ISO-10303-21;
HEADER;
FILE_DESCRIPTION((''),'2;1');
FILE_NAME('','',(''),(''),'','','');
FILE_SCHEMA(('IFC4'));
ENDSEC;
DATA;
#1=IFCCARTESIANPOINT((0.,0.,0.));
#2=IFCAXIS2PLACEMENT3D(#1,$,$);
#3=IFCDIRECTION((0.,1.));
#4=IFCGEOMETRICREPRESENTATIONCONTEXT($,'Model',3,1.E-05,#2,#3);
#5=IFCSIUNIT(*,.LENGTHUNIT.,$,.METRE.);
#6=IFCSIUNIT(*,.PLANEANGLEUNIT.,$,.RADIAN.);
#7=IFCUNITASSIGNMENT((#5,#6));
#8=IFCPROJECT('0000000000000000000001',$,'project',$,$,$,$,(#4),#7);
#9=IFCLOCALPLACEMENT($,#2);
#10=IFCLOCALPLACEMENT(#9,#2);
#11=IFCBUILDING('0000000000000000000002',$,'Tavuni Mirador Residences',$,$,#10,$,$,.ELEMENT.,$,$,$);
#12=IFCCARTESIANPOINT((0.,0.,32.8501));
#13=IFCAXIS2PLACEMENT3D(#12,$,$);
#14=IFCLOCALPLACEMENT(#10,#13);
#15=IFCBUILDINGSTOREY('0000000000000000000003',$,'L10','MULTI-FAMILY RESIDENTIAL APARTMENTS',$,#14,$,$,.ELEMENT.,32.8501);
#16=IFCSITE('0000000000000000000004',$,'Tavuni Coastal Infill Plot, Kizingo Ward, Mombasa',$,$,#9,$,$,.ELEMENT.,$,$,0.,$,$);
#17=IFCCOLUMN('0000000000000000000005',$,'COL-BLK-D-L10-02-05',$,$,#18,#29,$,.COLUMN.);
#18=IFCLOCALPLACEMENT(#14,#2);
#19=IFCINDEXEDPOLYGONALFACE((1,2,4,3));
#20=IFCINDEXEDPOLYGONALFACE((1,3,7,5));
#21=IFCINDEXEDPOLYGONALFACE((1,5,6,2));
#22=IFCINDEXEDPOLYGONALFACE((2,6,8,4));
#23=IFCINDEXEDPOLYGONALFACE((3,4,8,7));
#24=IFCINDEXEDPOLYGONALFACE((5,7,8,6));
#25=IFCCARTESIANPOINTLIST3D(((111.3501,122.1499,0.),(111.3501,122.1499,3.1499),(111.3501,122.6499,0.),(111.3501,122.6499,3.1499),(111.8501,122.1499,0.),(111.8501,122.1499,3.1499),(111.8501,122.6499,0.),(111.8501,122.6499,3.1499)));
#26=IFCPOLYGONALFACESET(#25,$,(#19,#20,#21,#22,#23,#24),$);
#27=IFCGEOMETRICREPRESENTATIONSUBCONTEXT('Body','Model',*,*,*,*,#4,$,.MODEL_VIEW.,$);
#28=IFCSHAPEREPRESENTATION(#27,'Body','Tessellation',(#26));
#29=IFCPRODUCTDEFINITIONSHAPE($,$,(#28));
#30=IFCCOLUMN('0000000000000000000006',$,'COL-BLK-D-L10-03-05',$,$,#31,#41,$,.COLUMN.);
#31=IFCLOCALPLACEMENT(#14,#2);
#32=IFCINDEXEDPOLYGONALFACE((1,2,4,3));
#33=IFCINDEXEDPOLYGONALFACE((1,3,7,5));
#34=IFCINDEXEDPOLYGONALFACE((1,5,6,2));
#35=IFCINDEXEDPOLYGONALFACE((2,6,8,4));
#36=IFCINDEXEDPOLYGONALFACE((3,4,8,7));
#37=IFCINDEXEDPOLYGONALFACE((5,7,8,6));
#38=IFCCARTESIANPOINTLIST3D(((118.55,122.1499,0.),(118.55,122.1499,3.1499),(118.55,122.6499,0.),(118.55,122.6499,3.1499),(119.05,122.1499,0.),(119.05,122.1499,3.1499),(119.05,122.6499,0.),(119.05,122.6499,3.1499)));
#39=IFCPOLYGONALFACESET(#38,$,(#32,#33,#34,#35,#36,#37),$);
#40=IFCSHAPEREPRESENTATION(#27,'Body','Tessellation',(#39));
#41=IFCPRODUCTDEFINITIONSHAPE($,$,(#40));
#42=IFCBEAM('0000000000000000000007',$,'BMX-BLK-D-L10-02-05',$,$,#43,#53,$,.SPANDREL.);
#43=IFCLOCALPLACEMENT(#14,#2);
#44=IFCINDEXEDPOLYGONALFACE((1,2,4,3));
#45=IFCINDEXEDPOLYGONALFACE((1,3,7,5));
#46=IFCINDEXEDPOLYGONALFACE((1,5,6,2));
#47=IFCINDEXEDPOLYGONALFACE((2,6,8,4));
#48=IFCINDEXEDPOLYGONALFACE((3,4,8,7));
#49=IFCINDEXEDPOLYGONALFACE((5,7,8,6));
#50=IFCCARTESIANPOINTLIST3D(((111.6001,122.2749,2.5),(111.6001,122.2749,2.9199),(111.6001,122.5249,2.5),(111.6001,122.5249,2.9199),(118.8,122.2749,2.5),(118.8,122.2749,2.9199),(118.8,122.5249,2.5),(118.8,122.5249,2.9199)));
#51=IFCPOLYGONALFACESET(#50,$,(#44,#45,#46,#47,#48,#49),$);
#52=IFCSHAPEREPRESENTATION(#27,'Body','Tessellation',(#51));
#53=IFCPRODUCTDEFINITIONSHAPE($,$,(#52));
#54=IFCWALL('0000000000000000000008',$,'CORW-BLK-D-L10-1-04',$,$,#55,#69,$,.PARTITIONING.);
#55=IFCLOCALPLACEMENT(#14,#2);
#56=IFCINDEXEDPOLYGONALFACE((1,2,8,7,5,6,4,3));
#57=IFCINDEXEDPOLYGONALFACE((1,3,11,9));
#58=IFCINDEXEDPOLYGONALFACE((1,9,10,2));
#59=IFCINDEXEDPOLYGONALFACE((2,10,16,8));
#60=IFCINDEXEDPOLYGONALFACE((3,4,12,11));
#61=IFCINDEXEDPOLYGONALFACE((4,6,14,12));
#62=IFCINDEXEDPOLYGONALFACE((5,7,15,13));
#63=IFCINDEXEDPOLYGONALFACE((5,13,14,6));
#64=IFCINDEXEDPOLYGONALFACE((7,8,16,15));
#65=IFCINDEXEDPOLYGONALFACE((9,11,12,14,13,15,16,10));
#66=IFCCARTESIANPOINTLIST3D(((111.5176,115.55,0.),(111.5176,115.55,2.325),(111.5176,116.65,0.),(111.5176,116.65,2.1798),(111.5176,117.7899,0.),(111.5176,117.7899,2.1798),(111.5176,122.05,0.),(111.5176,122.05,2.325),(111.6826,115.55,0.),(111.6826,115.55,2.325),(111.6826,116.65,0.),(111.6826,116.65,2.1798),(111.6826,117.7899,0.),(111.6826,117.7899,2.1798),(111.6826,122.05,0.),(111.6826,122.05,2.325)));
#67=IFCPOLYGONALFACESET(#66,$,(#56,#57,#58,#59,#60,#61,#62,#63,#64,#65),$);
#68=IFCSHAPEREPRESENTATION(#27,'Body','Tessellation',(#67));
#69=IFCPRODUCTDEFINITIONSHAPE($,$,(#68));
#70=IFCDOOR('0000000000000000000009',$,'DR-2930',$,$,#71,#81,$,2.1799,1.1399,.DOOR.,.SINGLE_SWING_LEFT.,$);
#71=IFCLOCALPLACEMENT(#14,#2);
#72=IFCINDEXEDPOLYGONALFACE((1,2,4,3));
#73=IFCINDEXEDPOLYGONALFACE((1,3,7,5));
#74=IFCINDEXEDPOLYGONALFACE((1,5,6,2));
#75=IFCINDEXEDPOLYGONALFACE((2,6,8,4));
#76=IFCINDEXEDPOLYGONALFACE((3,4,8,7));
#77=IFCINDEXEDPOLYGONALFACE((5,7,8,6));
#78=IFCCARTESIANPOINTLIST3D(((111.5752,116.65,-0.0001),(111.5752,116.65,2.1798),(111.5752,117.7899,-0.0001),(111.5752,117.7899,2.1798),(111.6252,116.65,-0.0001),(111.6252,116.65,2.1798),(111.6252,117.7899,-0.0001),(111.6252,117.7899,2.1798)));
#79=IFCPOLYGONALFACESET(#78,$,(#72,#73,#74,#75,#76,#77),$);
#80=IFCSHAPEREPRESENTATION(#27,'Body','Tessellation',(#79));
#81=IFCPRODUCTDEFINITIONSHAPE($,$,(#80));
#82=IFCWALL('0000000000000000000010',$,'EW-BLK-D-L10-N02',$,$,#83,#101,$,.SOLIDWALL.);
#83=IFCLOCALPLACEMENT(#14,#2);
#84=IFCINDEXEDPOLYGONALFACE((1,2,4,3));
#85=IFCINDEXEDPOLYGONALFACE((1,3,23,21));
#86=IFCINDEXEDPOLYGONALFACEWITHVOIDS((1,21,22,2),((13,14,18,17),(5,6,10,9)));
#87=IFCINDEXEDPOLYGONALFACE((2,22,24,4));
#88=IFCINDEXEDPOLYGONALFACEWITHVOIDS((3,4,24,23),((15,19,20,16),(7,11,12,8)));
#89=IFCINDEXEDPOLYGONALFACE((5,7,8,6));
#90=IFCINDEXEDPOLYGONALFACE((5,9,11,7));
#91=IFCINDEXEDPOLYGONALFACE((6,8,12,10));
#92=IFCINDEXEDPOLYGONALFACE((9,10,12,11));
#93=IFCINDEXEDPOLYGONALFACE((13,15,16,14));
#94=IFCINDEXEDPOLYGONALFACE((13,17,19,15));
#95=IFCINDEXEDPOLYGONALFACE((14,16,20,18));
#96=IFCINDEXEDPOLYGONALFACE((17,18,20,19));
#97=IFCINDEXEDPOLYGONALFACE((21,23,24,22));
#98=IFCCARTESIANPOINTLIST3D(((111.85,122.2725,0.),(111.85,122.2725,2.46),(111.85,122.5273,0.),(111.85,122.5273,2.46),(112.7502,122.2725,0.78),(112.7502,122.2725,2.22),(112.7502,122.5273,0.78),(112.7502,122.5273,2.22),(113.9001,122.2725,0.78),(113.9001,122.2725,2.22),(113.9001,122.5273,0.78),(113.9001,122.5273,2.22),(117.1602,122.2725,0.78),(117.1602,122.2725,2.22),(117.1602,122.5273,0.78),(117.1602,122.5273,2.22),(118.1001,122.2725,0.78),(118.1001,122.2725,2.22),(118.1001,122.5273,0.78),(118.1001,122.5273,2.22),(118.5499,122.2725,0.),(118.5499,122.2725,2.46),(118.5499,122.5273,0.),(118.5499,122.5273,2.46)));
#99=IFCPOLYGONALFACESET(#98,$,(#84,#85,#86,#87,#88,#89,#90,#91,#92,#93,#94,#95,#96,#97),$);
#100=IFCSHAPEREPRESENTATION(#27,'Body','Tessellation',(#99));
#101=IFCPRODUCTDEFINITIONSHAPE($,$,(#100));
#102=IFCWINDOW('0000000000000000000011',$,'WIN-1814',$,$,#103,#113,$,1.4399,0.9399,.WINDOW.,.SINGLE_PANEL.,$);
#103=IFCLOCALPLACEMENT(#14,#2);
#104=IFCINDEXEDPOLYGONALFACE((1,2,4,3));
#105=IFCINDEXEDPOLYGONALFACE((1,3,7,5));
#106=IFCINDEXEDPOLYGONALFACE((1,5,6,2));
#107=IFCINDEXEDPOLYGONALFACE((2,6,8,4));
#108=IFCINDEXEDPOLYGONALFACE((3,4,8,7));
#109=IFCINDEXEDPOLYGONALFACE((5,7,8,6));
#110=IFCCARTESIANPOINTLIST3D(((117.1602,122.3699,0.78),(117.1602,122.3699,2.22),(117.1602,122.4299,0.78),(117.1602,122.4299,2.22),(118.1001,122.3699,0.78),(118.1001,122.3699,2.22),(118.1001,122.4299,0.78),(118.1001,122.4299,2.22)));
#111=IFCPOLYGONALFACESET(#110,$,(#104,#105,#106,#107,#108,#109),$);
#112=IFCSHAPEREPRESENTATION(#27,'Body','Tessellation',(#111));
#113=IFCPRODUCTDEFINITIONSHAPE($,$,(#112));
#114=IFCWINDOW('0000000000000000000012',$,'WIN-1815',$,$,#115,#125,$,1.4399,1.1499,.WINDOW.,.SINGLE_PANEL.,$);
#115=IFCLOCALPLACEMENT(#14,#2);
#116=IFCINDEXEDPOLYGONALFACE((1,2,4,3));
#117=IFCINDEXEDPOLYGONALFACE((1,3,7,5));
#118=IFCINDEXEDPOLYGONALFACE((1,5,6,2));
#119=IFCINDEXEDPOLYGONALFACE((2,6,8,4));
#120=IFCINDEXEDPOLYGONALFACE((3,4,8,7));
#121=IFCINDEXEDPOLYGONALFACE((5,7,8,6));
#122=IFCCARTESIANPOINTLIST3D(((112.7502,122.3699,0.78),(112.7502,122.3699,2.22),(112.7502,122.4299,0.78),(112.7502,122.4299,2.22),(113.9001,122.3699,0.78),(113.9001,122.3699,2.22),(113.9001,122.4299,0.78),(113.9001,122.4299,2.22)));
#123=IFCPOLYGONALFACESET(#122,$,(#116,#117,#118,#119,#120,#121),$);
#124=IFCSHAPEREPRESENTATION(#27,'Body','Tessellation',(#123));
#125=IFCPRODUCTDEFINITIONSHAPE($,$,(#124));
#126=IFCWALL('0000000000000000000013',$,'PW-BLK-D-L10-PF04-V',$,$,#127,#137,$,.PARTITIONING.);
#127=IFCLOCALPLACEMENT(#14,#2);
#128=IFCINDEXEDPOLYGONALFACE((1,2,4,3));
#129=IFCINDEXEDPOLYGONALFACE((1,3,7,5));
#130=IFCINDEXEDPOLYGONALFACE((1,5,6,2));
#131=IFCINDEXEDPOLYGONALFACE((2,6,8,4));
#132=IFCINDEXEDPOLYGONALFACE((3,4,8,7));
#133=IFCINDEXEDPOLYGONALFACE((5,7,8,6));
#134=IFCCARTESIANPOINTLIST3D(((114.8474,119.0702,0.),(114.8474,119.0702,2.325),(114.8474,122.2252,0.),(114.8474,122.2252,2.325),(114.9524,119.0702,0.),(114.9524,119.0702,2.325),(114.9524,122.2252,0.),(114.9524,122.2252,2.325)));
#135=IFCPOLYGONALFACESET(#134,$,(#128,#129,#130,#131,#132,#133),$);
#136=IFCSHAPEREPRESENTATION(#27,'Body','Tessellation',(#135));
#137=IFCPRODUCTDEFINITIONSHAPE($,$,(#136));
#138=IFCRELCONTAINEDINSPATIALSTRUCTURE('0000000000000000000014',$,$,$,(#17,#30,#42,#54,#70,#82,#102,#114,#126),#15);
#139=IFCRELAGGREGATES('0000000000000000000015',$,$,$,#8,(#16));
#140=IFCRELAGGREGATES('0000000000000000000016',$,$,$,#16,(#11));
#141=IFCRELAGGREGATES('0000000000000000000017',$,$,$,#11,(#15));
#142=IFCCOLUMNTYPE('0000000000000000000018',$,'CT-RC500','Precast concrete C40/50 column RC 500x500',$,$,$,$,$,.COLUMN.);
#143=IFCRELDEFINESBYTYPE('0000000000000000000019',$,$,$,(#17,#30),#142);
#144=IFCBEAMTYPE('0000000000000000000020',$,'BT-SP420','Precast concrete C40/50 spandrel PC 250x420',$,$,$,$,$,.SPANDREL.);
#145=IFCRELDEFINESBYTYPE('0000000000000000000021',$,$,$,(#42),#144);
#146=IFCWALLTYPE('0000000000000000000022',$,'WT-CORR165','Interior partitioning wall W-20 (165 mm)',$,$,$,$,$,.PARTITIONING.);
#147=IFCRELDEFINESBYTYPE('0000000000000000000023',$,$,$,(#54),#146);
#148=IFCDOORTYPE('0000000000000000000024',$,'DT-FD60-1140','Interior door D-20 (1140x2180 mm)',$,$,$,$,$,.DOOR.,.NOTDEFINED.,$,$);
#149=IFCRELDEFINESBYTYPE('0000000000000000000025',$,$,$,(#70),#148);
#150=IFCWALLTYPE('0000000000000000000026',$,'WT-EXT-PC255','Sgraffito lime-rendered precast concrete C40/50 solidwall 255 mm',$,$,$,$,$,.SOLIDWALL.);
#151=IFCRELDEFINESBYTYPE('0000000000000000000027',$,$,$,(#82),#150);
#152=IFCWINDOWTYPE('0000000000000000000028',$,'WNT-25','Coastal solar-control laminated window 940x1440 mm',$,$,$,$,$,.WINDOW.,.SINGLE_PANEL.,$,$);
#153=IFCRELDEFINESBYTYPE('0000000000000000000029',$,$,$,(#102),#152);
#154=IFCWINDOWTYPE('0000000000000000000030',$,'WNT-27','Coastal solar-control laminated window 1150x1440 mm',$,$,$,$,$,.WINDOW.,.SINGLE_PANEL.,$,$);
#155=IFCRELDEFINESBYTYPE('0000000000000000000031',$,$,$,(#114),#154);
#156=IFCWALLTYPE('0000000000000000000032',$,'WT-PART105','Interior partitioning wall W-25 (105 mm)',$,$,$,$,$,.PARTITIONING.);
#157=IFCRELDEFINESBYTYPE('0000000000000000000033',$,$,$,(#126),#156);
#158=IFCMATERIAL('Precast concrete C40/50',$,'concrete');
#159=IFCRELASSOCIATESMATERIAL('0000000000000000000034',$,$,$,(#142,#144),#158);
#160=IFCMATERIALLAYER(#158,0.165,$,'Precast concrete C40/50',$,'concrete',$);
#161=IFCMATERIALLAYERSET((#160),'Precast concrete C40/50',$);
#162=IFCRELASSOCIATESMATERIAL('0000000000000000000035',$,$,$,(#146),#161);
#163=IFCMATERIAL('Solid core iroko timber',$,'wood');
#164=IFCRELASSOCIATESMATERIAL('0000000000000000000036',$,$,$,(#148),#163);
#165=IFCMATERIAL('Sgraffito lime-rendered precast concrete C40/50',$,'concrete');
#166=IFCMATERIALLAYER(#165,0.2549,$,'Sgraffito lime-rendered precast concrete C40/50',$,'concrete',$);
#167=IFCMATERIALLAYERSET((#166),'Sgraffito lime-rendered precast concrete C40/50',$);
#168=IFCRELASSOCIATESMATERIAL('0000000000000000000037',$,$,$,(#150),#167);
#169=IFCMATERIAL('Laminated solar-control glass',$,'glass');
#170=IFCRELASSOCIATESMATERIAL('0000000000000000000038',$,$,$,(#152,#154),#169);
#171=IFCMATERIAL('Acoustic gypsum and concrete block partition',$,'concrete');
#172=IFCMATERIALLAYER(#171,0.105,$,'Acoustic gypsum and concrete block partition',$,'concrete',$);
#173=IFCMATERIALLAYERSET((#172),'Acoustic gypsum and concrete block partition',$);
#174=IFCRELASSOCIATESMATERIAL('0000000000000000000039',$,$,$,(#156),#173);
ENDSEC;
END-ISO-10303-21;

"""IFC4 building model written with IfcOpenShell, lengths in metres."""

from ifc_helpers import new_model, si_unit, direction, frame, frame_2d, origin, origin_2d, place, context, subcontext, project, spatial, rectangle, extrude, material, layer, layer_set, material_profile, profile_set, type_object, element, fill, save


model = new_model("IFC4")

# Units and contexts
model_context = context("Model", 3, precision=1e-05, world=origin(), true_north=direction((0.0, 1.0)))
body_context = subcontext(model_context, "Body", "Model", "MODEL_VIEW")
ifc_project = project(units=[si_unit("LENGTHUNIT", "METRE"), si_unit("PLANEANGLEUNIT", "RADIAN")], contexts=[model_context])

# Site, building, storey
site_placement = place(None, origin())
site = spatial("IfcSite", under=ifc_project, at=site_placement, Name="Tavuni Coastal Infill Plot, Kizingo Ward, Mombasa", CompositionType="ELEMENT", RefElevation=0.0)
building_placement = place(site_placement, origin())
building = spatial("IfcBuilding", under=site, at=building_placement, Name="Tavuni Mirador Residences", CompositionType="ELEMENT")
storey_placement = place(building_placement, frame((0.0, 0.0, 32.8501)))
storey = spatial("IfcBuildingStorey", under=building, at=storey_placement, Name="L10", Description="MULTI-FAMILY RESIDENTIAL APARTMENTS", CompositionType="ELEMENT", Elevation=32.8501)

# Columns
ifc_material_1 = material(Name="Precast concrete C40/50", Category="concrete")
ifc_material_profile_1 = material_profile(ifc_material_1, rectangle(XDim=0.5, YDim=0.5, at=origin_2d()), Name="RC 500x500", Category="concrete")
ifc_profile_set_1 = profile_set([ifc_material_profile_1], Name="Precast concrete C40/50")
column_type = type_object("IfcColumnType", Name="CT-RC500", Description="Precast concrete C40/50 column RC 500x500", PredefinedType="COLUMN", material=ifc_profile_set_1)
for number, where, z_axis, x_axis, name in (
    (1, (111.6001, 122.3999, 0.0), (0.0, 0.0, 1.0), (1.0, 0.0, 0.0), "COL-BLK-D-L10-02-05"),
    (2, (118.8, 122.3999, 0.0), (0.0, 0.0, 1.0), (1.0, 0.0, 0.0), "COL-BLK-D-L10-03-05"),
):
    element("IfcColumn", number, at=place(storey_placement, frame(where, z_axis=z_axis, x_axis=x_axis)), inside=storey, type_object=column_type, Name=name, PredefinedType="COLUMN", context=body_context, shape_type="SweptSolid", body=[
        extrude(rectangle(XDim=0.5, YDim=0.5, at=origin_2d()), origin(), (0.0, 0.0, 1.0), 3.1499),
    ])

# Beam
ifc_material_profile_2 = material_profile(ifc_material_1, rectangle(XDim=0.25, YDim=0.4199, at=origin_2d()), Name="PC 250x420", Category="concrete")
ifc_profile_set_2 = profile_set([ifc_material_profile_2], Name="Precast concrete C40/50")
beam_type = type_object("IfcBeamType", Name="BT-SP420", Description="Precast concrete C40/50 spandrel PC 250x420", PredefinedType="SPANDREL", material=ifc_profile_set_2)
beam_placement = place(storey_placement, frame((111.6001, 122.3999, 2.71), z_axis=(1.0, 0.0, 0.0), x_axis=(0.0, 1.0, 0.0)))
element("IfcBeam", 3, at=beam_placement, inside=storey, type_object=beam_type, Name="BMX-BLK-D-L10-02-05", PredefinedType="SPANDREL", context=body_context, shape_type="SweptSolid", body=[
    extrude(rectangle(XDim=0.25, YDim=0.4199, at=origin_2d()), origin(), (0.0, 0.0, 1.0), 7.2),
])

# Wall, opening, door
ifc_layer_1 = layer(ifc_material_1, 0.165, Name="Precast concrete C40/50", Category="concrete")
ifc_layer_set_1 = layer_set([ifc_layer_1], Name="Precast concrete C40/50")
wall_type_1 = type_object("IfcWallType", Name="WT-CORR165", Description="Interior partitioning wall W-20 (165 mm)", PredefinedType="PARTITIONING", material=ifc_layer_set_1)
wall_1_placement = place(storey_placement, frame((111.6001, 115.55, 0.0), z_axis=(0.0, 0.0, 1.0), x_axis=(0.0, 1.0, 0.0)))
wall_1 = element("IfcWall", 4, at=wall_1_placement, inside=storey, type_object=wall_type_1, Name="CORW-BLK-D-L10-1-04", PredefinedType="PARTITIONING", context=body_context, shape_type="SweptSolid", body=[
    extrude(rectangle(XDim=6.5, YDim=0.165, at=frame_2d((3.25, 0.0))), origin(), (0.0, 0.0, 1.0), 2.325),
])
opening_1_placement = place(wall_1_placement, frame((1.1001, 0.0, 0.0)))
opening_1 = element("IfcOpeningElement", 5, at=opening_1_placement, cuts=wall_1, PredefinedType="OPENING", context=body_context, shape_type="SweptSolid", body=[
    extrude(rectangle(XDim=1.1399, YDim=2.1799, at=frame_2d((0.5698, 1.0898))), frame((0.0, 0.0925, 0.0), z_axis=(0.0, -1.0, 0.0), x_axis=(1.0, 0.0, 0.0)), (0.0, 0.0, 1.0), 0.1851),
])
ifc_material_2 = material(Name="Solid core iroko timber", Category="wood")
door_type_1 = type_object("IfcDoorType", Name="DT-FD60-1140", Description="Interior door D-20 (1140x2180 mm)", OperationType="NOTDEFINED", PredefinedType="DOOR", material=ifc_material_2)
door_1_placement = place(opening_1_placement, origin())
door_1 = element("IfcDoor", 6, at=door_1_placement, inside=storey, type_object=door_type_1, Name="DR-2930", OperationType="SINGLE_SWING_LEFT", OverallHeight=2.1799, OverallWidth=1.1399, PredefinedType="DOOR", context=body_context, shape_type="SweptSolid", body=[
    extrude(rectangle(XDim=1.1399, YDim=2.1799, at=frame_2d((0.5698, 1.0898))), frame((0.0, 0.0249, 0.0), z_axis=(0.0, -1.0, 0.0), x_axis=(1.0, 0.0, 0.0)), (0.0, 0.0, 1.0), 0.05),
])
fill(opening_1, door_1)

# Wall, openings, windows
ifc_material_3 = material(Name="Sgraffito lime-rendered precast concrete C40/50", Category="concrete")
ifc_layer_2 = layer(ifc_material_3, 0.2549, Name="Sgraffito lime-rendered precast concrete C40/50", Category="concrete")
ifc_layer_set_2 = layer_set([ifc_layer_2], Name="Sgraffito lime-rendered precast concrete C40/50")
wall_type_2 = type_object("IfcWallType", Name="WT-EXT-PC255", Description="Sgraffito lime-rendered precast concrete C40/50 solidwall 255 mm", PredefinedType="SOLIDWALL", material=ifc_layer_set_2)
wall_2_placement = place(storey_placement, frame((118.55, 122.3999, 0.0), z_axis=(0.0, 0.0, 1.0), x_axis=(-1.0, 0.0, 0.0)))
wall_2 = element("IfcWall", 7, at=wall_2_placement, inside=storey, type_object=wall_type_2, Name="EW-BLK-D-L10-N02", PredefinedType="SOLIDWALL", context=body_context, shape_type="SweptSolid", body=[
    extrude(rectangle(XDim=6.7, YDim=0.2549, at=frame_2d((3.3501, 0.0))), origin(), (0.0, 0.0, 1.0), 2.46),
])
opening_2_placement = place(wall_2_placement, frame((0.45, 0.0, 0.78)))
opening_2 = element("IfcOpeningElement", 8, at=opening_2_placement, cuts=wall_2, PredefinedType="OPENING", context=body_context, shape_type="SweptSolid", body=[
    extrude(rectangle(XDim=0.9399, YDim=1.4399, at=frame_2d((0.47, 0.72))), frame((0.0, 0.1375, 0.0), z_axis=(0.0, -1.0, 0.0), x_axis=(1.0, 0.0, 0.0)), (0.0, 0.0, 1.0), 0.2749),
])
opening_3_placement = place(wall_2_placement, frame((4.6499, 0.0, 0.78)))
opening_3 = element("IfcOpeningElement", 9, at=opening_3_placement, cuts=wall_2, PredefinedType="OPENING", context=body_context, shape_type="SweptSolid", body=[
    extrude(rectangle(XDim=1.1499, YDim=1.4399, at=frame_2d((0.575, 0.72))), frame((0.0, 0.1375, 0.0), z_axis=(0.0, -1.0, 0.0), x_axis=(1.0, 0.0, 0.0)), (0.0, 0.0, 1.0), 0.2749),
])
ifc_material_4 = material(Name="Laminated solar-control glass", Category="glass")
window_type_1 = type_object("IfcWindowType", Name="WNT-25", Description="Coastal solar-control laminated window 940x1440 mm", PartitioningType="SINGLE_PANEL", PredefinedType="WINDOW", material=ifc_material_4)
window_1_placement = place(opening_2_placement, origin())
window_1 = element("IfcWindow", 10, at=window_1_placement, inside=storey, type_object=window_type_1, Name="WIN-1814", OverallHeight=1.4399, OverallWidth=0.9399, PartitioningType="SINGLE_PANEL", PredefinedType="WINDOW", context=body_context, shape_type="SweptSolid", body=[
    extrude(rectangle(XDim=0.9399, YDim=1.4399, at=frame_2d((0.47, 0.72))), frame((0.0, 0.03, 0.0), z_axis=(0.0, -1.0, 0.0), x_axis=(1.0, 0.0, 0.0)), (0.0, 0.0, 1.0), 0.0601),
])
fill(opening_2, window_1)
window_type_2 = type_object("IfcWindowType", Name="WNT-27", Description="Coastal solar-control laminated window 1150x1440 mm", PartitioningType="SINGLE_PANEL", PredefinedType="WINDOW", material=ifc_material_4)
window_2_placement = place(opening_3_placement, origin())
window_2 = element("IfcWindow", 11, at=window_2_placement, inside=storey, type_object=window_type_2, Name="WIN-1815", OverallHeight=1.4399, OverallWidth=1.1499, PartitioningType="SINGLE_PANEL", PredefinedType="WINDOW", context=body_context, shape_type="SweptSolid", body=[
    extrude(rectangle(XDim=1.1499, YDim=1.4399, at=frame_2d((0.575, 0.72))), frame((0.0, 0.03, 0.0), z_axis=(0.0, -1.0, 0.0), x_axis=(1.0, 0.0, 0.0)), (0.0, 0.0, 1.0), 0.0601),
])
fill(opening_3, window_2)

# Wall
ifc_material_5 = material(Name="Acoustic gypsum and concrete block partition", Category="concrete")
ifc_layer_3 = layer(ifc_material_5, 0.105, Name="Acoustic gypsum and concrete block partition", Category="concrete")
ifc_layer_set_3 = layer_set([ifc_layer_3], Name="Acoustic gypsum and concrete block partition")
wall_type_3 = type_object("IfcWallType", Name="WT-PART105", Description="Interior partitioning wall W-25 (105 mm)", PredefinedType="PARTITIONING", material=ifc_layer_set_3)
wall_3_placement = place(storey_placement, frame((114.8999, 119.0701, 0.0), z_axis=(0.0, 0.0, 1.0), x_axis=(0.0, 1.0, 0.0)))
element("IfcWall", 12, at=wall_3_placement, inside=storey, type_object=wall_type_3, Name="PW-BLK-D-L10-PF04-V", PredefinedType="PARTITIONING", context=body_context, shape_type="SweptSolid", body=[
    extrude(rectangle(XDim=3.155, YDim=0.105, at=frame_2d((1.5776, 0.0))), origin(), (0.0, 0.0, 1.0), 2.325),
])

save(model, "model.ifc")
